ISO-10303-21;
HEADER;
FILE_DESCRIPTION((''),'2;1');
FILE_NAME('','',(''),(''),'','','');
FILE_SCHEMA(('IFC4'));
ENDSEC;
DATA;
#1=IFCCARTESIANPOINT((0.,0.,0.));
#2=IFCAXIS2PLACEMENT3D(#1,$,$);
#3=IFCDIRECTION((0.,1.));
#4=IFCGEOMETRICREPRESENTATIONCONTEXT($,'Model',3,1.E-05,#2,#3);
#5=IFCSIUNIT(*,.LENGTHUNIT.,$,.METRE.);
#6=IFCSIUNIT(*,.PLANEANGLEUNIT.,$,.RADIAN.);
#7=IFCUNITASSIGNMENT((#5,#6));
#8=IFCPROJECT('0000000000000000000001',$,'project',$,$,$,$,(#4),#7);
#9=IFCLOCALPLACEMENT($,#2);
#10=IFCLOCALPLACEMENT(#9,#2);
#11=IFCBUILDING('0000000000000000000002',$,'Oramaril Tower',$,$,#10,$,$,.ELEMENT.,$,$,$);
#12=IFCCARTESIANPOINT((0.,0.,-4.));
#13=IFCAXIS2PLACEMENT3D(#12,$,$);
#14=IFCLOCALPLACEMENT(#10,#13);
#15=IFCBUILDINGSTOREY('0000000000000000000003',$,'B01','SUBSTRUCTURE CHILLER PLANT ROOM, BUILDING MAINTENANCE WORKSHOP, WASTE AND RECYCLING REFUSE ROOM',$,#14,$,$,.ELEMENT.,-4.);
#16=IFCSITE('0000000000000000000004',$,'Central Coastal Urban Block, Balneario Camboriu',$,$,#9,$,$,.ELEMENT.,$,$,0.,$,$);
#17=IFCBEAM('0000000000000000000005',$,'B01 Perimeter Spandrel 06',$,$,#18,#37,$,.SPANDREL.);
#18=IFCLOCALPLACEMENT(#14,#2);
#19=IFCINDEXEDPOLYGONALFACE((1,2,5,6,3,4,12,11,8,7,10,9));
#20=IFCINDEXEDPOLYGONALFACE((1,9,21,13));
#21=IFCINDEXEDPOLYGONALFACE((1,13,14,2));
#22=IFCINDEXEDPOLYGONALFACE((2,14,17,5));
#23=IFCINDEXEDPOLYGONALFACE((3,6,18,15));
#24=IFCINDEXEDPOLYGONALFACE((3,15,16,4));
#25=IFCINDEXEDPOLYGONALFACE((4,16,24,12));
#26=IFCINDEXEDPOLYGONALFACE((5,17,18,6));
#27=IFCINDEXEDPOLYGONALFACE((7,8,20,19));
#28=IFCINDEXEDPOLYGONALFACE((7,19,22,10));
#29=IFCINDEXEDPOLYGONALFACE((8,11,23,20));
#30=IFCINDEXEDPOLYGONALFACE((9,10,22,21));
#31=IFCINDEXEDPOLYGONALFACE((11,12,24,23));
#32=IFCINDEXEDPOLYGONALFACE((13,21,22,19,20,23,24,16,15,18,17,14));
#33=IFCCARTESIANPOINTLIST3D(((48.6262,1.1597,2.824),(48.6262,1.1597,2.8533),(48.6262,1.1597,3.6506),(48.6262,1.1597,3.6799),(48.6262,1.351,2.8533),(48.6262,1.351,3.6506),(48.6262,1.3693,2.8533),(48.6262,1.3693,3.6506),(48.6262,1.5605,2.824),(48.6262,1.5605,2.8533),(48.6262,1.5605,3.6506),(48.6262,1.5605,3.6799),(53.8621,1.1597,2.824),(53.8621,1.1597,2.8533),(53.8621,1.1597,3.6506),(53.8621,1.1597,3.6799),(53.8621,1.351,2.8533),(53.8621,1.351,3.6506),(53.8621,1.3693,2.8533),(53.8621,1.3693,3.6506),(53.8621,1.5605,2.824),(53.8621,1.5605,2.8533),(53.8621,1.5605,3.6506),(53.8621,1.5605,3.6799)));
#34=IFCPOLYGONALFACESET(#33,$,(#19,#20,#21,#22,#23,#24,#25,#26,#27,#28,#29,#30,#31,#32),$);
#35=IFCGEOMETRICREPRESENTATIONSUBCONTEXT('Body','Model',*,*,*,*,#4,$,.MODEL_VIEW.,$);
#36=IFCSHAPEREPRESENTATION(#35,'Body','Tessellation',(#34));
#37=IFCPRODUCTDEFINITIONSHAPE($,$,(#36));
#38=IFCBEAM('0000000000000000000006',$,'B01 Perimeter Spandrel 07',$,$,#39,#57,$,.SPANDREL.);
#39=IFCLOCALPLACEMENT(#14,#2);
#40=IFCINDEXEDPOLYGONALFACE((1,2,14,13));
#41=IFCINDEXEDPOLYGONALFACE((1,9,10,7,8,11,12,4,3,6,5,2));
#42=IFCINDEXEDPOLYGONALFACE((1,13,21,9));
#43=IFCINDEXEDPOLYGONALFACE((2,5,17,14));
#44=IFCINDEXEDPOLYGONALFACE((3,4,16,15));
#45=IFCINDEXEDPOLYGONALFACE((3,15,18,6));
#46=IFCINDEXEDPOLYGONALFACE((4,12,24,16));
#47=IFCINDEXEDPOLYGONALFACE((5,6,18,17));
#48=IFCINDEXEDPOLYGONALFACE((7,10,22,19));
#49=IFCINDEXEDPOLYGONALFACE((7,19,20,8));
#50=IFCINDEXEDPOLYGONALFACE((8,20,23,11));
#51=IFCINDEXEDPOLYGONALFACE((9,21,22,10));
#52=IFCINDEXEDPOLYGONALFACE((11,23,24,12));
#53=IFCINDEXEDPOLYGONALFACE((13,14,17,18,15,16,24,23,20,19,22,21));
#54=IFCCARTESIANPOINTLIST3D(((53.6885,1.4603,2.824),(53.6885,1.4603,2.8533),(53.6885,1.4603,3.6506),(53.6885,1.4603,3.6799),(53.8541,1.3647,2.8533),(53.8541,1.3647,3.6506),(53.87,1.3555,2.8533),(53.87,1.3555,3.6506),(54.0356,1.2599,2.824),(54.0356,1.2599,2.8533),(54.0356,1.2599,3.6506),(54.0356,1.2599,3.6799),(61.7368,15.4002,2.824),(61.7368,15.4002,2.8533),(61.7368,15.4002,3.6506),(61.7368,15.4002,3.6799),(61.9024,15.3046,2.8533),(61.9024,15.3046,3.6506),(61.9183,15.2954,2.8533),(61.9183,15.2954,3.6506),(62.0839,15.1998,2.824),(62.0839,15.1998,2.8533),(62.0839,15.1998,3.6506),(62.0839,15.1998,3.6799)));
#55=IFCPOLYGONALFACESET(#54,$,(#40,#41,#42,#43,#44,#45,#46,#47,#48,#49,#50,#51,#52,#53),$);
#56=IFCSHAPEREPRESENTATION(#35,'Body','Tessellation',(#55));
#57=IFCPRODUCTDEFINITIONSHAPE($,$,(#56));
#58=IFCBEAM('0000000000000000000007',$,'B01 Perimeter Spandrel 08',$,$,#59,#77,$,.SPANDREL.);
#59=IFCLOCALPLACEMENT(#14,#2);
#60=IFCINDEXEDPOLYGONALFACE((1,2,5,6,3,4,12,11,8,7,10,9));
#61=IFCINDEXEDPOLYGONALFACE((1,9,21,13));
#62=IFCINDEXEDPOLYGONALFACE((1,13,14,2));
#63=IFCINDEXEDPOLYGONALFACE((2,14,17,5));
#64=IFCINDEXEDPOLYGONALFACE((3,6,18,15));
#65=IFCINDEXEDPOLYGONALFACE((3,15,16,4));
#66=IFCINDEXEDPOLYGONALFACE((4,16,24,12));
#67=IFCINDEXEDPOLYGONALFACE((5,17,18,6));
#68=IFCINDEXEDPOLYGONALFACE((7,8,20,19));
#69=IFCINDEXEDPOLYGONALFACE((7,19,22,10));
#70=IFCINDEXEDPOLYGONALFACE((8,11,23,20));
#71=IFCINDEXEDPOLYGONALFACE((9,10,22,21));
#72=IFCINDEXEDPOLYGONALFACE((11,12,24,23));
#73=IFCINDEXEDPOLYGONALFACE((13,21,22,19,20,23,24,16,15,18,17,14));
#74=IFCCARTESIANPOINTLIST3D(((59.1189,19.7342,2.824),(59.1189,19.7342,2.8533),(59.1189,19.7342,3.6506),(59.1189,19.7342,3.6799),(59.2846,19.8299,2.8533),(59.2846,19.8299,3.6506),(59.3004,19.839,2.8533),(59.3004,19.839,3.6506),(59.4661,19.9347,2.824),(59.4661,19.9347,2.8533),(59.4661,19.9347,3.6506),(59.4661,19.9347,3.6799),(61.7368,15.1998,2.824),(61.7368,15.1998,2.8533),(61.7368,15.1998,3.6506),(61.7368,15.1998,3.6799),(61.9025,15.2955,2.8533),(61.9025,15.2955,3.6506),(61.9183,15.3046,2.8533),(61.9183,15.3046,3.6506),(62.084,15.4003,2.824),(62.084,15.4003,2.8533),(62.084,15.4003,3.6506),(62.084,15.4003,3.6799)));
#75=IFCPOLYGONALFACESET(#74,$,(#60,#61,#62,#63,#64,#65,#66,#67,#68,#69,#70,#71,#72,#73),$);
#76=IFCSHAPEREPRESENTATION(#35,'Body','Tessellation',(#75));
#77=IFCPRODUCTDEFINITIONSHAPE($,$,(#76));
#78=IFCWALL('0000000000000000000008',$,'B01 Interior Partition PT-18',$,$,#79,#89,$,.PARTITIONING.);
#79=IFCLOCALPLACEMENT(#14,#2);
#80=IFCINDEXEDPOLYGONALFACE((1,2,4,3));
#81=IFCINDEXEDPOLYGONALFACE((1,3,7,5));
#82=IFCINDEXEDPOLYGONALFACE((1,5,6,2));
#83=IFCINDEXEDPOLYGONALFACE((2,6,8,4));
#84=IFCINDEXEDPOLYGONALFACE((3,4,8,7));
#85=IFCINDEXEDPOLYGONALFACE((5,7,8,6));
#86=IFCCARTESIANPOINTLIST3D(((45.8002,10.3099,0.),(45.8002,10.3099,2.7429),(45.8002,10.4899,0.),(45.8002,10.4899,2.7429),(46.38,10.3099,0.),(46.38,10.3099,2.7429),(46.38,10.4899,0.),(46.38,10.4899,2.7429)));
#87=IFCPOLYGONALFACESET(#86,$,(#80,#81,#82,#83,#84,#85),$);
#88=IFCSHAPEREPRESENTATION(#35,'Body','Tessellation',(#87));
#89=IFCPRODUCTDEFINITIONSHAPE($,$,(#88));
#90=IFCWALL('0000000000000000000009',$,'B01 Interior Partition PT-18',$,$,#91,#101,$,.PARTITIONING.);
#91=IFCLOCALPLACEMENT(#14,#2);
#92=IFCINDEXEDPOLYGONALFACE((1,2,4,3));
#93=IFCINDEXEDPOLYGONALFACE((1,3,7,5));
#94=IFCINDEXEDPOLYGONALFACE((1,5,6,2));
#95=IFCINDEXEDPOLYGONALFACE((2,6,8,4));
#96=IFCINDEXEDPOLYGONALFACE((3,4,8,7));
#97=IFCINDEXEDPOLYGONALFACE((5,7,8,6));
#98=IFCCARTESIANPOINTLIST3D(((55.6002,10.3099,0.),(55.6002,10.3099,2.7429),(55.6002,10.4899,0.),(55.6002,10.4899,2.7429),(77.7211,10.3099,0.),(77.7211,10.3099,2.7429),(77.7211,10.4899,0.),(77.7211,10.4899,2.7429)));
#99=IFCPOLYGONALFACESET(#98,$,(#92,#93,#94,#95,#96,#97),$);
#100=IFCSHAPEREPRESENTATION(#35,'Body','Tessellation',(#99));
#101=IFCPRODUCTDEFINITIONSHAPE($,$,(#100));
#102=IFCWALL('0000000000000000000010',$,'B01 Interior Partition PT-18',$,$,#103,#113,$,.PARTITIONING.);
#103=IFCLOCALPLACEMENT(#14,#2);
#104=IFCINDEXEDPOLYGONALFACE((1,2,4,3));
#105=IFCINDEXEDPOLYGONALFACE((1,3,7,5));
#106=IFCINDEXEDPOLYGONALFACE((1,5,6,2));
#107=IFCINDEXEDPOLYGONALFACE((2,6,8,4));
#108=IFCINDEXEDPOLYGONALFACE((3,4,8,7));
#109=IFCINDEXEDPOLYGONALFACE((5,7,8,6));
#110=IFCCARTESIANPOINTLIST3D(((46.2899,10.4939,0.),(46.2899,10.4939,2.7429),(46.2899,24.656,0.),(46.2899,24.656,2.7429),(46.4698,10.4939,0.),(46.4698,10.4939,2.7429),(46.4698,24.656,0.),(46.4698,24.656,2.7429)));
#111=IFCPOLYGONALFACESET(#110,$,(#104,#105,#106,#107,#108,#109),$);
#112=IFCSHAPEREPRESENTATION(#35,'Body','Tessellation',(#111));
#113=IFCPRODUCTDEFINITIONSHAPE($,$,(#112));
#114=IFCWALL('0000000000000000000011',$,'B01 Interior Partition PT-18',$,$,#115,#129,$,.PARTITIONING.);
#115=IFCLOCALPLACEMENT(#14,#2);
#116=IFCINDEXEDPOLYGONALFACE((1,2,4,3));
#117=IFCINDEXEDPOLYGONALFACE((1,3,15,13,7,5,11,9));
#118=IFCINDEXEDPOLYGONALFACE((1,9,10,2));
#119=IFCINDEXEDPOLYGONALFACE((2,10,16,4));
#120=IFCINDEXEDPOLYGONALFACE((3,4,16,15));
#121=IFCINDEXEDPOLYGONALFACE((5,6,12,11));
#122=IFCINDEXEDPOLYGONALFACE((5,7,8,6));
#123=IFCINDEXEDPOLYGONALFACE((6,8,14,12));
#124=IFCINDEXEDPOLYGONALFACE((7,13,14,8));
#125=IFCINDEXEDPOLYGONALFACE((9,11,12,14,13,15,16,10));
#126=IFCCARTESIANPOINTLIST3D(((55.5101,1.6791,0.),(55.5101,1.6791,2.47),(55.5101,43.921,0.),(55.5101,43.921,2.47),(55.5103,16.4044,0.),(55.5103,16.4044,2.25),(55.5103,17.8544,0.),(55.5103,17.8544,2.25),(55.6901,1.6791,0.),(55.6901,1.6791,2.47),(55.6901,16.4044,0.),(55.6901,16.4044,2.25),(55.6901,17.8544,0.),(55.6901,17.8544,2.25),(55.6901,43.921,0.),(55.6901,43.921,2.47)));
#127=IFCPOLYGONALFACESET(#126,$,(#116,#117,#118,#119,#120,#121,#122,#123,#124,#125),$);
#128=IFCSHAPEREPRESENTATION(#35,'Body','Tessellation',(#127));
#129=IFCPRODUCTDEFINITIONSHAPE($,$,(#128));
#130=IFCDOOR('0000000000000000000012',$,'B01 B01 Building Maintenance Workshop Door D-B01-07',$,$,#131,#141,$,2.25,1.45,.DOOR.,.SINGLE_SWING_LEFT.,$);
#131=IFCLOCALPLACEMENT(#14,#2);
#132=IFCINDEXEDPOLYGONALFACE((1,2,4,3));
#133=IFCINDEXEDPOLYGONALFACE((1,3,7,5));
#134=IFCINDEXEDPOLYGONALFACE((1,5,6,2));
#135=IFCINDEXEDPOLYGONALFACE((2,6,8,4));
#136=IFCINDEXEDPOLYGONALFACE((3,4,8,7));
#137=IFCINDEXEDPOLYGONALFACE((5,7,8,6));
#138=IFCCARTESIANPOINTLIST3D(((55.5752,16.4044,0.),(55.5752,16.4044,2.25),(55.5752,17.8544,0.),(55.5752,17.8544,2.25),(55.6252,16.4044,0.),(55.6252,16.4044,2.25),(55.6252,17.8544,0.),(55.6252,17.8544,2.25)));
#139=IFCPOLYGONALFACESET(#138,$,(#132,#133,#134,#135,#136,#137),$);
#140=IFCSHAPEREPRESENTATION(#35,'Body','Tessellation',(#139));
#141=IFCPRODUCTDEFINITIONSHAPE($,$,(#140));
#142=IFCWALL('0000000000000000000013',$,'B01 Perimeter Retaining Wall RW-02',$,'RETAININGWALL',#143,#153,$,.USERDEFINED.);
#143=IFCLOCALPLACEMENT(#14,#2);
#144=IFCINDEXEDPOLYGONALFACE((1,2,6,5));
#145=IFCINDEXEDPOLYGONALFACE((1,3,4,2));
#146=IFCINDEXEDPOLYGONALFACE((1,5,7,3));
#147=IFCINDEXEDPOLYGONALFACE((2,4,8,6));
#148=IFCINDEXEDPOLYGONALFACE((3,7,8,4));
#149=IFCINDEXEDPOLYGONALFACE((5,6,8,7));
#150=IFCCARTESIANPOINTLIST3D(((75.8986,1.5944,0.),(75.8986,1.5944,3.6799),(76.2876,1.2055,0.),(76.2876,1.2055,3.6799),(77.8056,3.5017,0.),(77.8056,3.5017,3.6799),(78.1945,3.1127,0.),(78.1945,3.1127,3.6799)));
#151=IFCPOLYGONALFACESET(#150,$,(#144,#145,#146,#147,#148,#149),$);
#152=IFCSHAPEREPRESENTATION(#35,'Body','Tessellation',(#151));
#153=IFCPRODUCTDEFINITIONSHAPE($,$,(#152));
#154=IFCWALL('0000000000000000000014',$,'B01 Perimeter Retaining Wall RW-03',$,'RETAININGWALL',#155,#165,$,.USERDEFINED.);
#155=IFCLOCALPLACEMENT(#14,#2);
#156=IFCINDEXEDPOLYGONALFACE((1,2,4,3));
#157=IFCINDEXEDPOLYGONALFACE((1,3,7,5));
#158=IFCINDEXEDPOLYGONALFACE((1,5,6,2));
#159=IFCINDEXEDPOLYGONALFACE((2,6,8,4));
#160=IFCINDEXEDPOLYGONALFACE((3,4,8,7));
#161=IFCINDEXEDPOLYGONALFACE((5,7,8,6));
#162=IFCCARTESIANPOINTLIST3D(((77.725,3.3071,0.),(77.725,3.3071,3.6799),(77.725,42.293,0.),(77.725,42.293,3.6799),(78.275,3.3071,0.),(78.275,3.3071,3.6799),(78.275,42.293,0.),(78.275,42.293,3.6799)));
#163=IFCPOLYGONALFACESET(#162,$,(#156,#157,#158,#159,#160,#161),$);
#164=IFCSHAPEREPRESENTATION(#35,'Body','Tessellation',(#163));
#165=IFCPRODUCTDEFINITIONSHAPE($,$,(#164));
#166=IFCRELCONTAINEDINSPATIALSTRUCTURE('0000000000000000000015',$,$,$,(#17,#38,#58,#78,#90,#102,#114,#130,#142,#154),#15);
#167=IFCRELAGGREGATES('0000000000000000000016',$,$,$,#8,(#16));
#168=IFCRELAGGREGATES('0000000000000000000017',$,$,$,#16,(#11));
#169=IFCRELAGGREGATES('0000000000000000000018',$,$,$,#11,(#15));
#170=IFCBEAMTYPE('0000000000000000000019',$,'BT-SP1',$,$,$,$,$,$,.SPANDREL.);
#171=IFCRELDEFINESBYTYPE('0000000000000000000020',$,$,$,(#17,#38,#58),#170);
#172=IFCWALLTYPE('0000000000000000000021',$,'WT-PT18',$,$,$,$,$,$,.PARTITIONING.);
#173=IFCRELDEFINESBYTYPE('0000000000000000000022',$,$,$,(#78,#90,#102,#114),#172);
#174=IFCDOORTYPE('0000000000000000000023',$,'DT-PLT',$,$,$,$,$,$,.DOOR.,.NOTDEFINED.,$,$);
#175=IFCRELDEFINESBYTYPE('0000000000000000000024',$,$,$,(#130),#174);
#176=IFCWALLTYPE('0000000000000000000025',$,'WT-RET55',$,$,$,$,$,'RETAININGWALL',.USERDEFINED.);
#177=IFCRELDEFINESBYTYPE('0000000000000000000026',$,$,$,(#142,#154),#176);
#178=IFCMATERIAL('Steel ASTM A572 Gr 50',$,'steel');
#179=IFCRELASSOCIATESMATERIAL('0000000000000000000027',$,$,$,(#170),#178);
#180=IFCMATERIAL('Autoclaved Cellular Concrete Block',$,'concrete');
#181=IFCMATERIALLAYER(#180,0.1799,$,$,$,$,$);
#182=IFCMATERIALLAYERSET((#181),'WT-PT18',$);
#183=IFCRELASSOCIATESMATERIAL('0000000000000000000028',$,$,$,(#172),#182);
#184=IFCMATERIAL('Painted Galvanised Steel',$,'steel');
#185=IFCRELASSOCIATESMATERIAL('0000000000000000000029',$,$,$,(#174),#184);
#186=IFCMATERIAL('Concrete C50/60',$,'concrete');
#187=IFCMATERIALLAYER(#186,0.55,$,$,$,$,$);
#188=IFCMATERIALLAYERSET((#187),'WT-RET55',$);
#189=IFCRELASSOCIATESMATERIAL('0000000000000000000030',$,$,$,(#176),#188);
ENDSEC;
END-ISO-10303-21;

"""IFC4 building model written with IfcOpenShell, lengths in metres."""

from ifc_helpers import new_model, si_unit, direction, frame, frame_2d, origin, origin_2d, place, context, subcontext, project, spatial, rectangle, i_section, extrude, material, layer, layer_set, material_profile, profile_set, type_object, element, fill, save


model = new_model("IFC4")

# Units and contexts
model_context = context("Model", 3, precision=1e-05, world=origin(), true_north=direction((0.0, 1.0)))
body_context = subcontext(model_context, "Body", "Model", "MODEL_VIEW")
ifc_project = project(units=[si_unit("LENGTHUNIT", "METRE"), si_unit("PLANEANGLEUNIT", "RADIAN")], contexts=[model_context])

# Site, building, storey
site_placement = place(None, origin())
site = spatial("IfcSite", under=ifc_project, at=site_placement, Name="Central Coastal Urban Block, Balneario Camboriu", CompositionType="ELEMENT", RefElevation=0.0)
building_placement = place(site_placement, origin())
building = spatial("IfcBuilding", under=site, at=building_placement, Name="Oramaril Tower", CompositionType="ELEMENT")
storey_placement = place(building_placement, frame((0.0, 0.0, -4.0)))
storey = spatial("IfcBuildingStorey", under=building, at=storey_placement, Name="B01", Description="SUBSTRUCTURE CHILLER PLANT ROOM, BUILDING MAINTENANCE WORKSHOP, WASTE AND RECYCLING REFUSE ROOM", CompositionType="ELEMENT", Elevation=-4.0)

# Beams
ifc_material_1 = material(Name="Steel ASTM A572 Gr 50", Category="steel")
ifc_material_profile_1 = material_profile(ifc_material_1, i_section(OverallWidth=0.4009, OverallDepth=0.856, WebThickness=0.0183, FlangeThickness=0.0293, at=origin_2d()), Name="W33X201")
ifc_profile_set_1 = profile_set([ifc_material_profile_1], Name="Steel ASTM A572 Gr 50")
beam_type_1 = type_object("IfcBeamType", Name="BT-SP1", PredefinedType="SPANDREL", material=ifc_profile_set_1)
beam_1_placement = place(storey_placement, frame((48.6262, 1.3601, 3.252), z_axis=(1.0, 0.0, 0.0), x_axis=(0.0, 1.0, 0.0)))
element("IfcBeam", 1, at=beam_1_placement, inside=storey, type_object=beam_type_1, Name="B01 Perimeter Spandrel 06", PredefinedType="SPANDREL", context=body_context, shape_type="SweptSolid", body=[
    extrude(i_section(OverallWidth=0.4009, OverallDepth=0.856, WebThickness=0.0183, FlangeThickness=0.0293, at=origin_2d()), origin(), (0.0, 0.0, 1.0), 5.2358),
])
beam_2_placement = place(storey_placement, frame((53.8621, 1.3601, 3.252), z_axis=(0.500005, 0.866022, 0.0), x_axis=(-0.866022, 0.500005, 0.0)))
element("IfcBeam", 2, at=beam_2_placement, inside=storey, type_object=beam_type_1, Name="B01 Perimeter Spandrel 07", PredefinedType="SPANDREL", context=body_context, shape_type="SweptSolid", body=[
    extrude(i_section(OverallWidth=0.4009, OverallDepth=0.856, WebThickness=0.0183, FlangeThickness=0.0293, at=origin_2d()), origin(), (0.0, 0.0, 1.0), 16.0964),
])
beam_3_placement = place(storey_placement, frame((61.9104, 15.3, 3.252), z_axis=(-0.499996, 0.866028, 0.0), x_axis=(-0.866028, -0.499996, 0.0)))
element("IfcBeam", 3, at=beam_3_placement, inside=storey, type_object=beam_type_1, Name="B01 Perimeter Spandrel 08", PredefinedType="SPANDREL", context=body_context, shape_type="SweptSolid", body=[
    extrude(i_section(OverallWidth=0.4009, OverallDepth=0.856, WebThickness=0.0183, FlangeThickness=0.0293, at=origin_2d()), origin(), (0.0, 0.0, 1.0), 5.2358),
])

# Walls
ifc_material_2 = material(Name="Autoclaved Cellular Concrete Block", Category="concrete")
ifc_layer_1 = layer(ifc_material_2, 0.1799)
ifc_layer_set_1 = layer_set([ifc_layer_1], Name="WT-PT18")
wall_type_1 = type_object("IfcWallType", Name="WT-PT18", PredefinedType="PARTITIONING", material=ifc_layer_set_1)
wall_1_placement = place(storey_placement, frame((45.8, 10.3999, 0.0), z_axis=(0.0, 0.0, 1.0), x_axis=(1.0, 0.0, 0.0)))
element("IfcWall", 4, at=wall_1_placement, inside=storey, type_object=wall_type_1, Name="B01 Interior Partition PT-18", PredefinedType="PARTITIONING", context=body_context, shape_type="SweptSolid", body=[
    extrude(rectangle(XDim=0.5798, YDim=0.1799, at=frame_2d((0.29, 0.0))), origin(), (0.0, 0.0, 1.0), 2.7429),
])
wall_2_placement = place(storey_placement, frame((55.6001, 10.3999, 0.0), z_axis=(0.0, 0.0, 1.0), x_axis=(1.0, 0.0, 0.0)))
element("IfcWall", 5, at=wall_2_placement, inside=storey, type_object=wall_type_1, Name="B01 Interior Partition PT-18", PredefinedType="PARTITIONING", context=body_context, shape_type="SweptSolid", body=[
    extrude(rectangle(XDim=22.1208, YDim=0.1799, at=frame_2d((11.0605, 0.0))), origin(), (0.0, 0.0, 1.0), 2.7429),
])
wall_3_placement = place(storey_placement, frame((46.3799, 10.4939, 0.0), z_axis=(0.0, 0.0, 1.0), x_axis=(0.0, 1.0, 0.0)))
element("IfcWall", 6, at=wall_3_placement, inside=storey, type_object=wall_type_1, Name="B01 Interior Partition PT-18", PredefinedType="PARTITIONING", context=body_context, shape_type="SweptSolid", body=[
    extrude(rectangle(XDim=14.1621, YDim=0.1799, at=frame_2d((7.0811, 0.0))), origin(), (0.0, 0.0, 1.0), 2.7429),
])

# Wall, opening, door
wall_4_placement = place(storey_placement, frame((55.6001, 1.679, 0.0), z_axis=(0.0, 0.0, 1.0), x_axis=(0.0, 1.0, 0.0)))
wall_4 = element("IfcWall", 7, at=wall_4_placement, inside=storey, type_object=wall_type_1, Name="B01 Interior Partition PT-18", PredefinedType="PARTITIONING", context=body_context, shape_type="SweptSolid", body=[
    extrude(rectangle(XDim=42.2419, YDim=0.1799, at=frame_2d((21.1211, 0.0))), origin(), (0.0, 0.0, 1.0), 2.47),
])
opening_placement = place(wall_4_placement, frame((14.7253, 0.0, 0.0)))
opening = element("IfcOpeningElement", 8, at=opening_placement, cuts=wall_4, PredefinedType="OPENING", context=body_context, shape_type="SweptSolid", body=[
    extrude(rectangle(XDim=1.45, YDim=2.25, at=frame_2d((0.7251, 1.125))), frame((0.0, 0.0898, 0.0), z_axis=(0.0, -1.0, 0.0), x_axis=(1.0, 0.0, 0.0)), (0.0, 0.0, 1.0), 0.1799),
])
ifc_material_3 = material(Name="Painted Galvanised Steel", Category="steel")
door_type = type_object("IfcDoorType", Name="DT-PLT", OperationType="NOTDEFINED", PredefinedType="DOOR", material=ifc_material_3)
door_placement = place(opening_placement, origin())
door = element("IfcDoor", 9, at=door_placement, inside=storey, type_object=door_type, Name="B01 B01 Building Maintenance Workshop Door D-B01-07", OperationType="SINGLE_SWING_LEFT", OverallHeight=2.25, OverallWidth=1.45, PredefinedType="DOOR", context=body_context, shape_type="SweptSolid", body=[
    extrude(rectangle(XDim=1.45, YDim=2.25, at=frame_2d((0.7251, 1.125))), frame((0.0, 0.0249, 0.0), z_axis=(0.0, -1.0, 0.0), x_axis=(1.0, 0.0, 0.0)), (0.0, 0.0, 1.0), 0.05),
])
fill(opening, door)

# Walls
ifc_material_4 = material(Name="Concrete C50/60", Category="concrete")
ifc_layer_2 = layer(ifc_material_4, 0.55)
ifc_layer_set_2 = layer_set([ifc_layer_2], Name="WT-RET55")
wall_type_2 = type_object("IfcWallType", Name="WT-RET55", ElementType="RETAININGWALL", PredefinedType="USERDEFINED", material=ifc_layer_set_2)
wall_5_placement = place(storey_placement, frame((76.093, 1.3999, 0.0), z_axis=(0.0, 0.0, 1.0), x_axis=(0.707062, 0.707152, 0.0)))
element("IfcWall", 10, at=wall_5_placement, inside=storey, type_object=wall_type_2, Name="B01 Perimeter Retaining Wall RW-02", ObjectType="RETAININGWALL", PredefinedType="USERDEFINED", context=body_context, shape_type="SweptSolid", body=[
    extrude(rectangle(XDim=2.697, YDim=0.55, at=frame_2d((1.3486, 0.0))), origin(), (0.0, 0.0, 1.0), 3.6799),
])
wall_6_placement = place(storey_placement, frame((78.0, 3.3071, 0.0), z_axis=(0.0, 0.0, 1.0), x_axis=(0.0, 1.0, 0.0)))
element("IfcWall", 11, at=wall_6_placement, inside=storey, type_object=wall_type_2, Name="B01 Perimeter Retaining Wall RW-03", ObjectType="RETAININGWALL", PredefinedType="USERDEFINED", context=body_context, shape_type="SweptSolid", body=[
    extrude(rectangle(XDim=38.9858, YDim=0.55, at=frame_2d((19.4929, 0.0))), origin(), (0.0, 0.0, 1.0), 3.6799),
])

save(model, "model.ifc")
